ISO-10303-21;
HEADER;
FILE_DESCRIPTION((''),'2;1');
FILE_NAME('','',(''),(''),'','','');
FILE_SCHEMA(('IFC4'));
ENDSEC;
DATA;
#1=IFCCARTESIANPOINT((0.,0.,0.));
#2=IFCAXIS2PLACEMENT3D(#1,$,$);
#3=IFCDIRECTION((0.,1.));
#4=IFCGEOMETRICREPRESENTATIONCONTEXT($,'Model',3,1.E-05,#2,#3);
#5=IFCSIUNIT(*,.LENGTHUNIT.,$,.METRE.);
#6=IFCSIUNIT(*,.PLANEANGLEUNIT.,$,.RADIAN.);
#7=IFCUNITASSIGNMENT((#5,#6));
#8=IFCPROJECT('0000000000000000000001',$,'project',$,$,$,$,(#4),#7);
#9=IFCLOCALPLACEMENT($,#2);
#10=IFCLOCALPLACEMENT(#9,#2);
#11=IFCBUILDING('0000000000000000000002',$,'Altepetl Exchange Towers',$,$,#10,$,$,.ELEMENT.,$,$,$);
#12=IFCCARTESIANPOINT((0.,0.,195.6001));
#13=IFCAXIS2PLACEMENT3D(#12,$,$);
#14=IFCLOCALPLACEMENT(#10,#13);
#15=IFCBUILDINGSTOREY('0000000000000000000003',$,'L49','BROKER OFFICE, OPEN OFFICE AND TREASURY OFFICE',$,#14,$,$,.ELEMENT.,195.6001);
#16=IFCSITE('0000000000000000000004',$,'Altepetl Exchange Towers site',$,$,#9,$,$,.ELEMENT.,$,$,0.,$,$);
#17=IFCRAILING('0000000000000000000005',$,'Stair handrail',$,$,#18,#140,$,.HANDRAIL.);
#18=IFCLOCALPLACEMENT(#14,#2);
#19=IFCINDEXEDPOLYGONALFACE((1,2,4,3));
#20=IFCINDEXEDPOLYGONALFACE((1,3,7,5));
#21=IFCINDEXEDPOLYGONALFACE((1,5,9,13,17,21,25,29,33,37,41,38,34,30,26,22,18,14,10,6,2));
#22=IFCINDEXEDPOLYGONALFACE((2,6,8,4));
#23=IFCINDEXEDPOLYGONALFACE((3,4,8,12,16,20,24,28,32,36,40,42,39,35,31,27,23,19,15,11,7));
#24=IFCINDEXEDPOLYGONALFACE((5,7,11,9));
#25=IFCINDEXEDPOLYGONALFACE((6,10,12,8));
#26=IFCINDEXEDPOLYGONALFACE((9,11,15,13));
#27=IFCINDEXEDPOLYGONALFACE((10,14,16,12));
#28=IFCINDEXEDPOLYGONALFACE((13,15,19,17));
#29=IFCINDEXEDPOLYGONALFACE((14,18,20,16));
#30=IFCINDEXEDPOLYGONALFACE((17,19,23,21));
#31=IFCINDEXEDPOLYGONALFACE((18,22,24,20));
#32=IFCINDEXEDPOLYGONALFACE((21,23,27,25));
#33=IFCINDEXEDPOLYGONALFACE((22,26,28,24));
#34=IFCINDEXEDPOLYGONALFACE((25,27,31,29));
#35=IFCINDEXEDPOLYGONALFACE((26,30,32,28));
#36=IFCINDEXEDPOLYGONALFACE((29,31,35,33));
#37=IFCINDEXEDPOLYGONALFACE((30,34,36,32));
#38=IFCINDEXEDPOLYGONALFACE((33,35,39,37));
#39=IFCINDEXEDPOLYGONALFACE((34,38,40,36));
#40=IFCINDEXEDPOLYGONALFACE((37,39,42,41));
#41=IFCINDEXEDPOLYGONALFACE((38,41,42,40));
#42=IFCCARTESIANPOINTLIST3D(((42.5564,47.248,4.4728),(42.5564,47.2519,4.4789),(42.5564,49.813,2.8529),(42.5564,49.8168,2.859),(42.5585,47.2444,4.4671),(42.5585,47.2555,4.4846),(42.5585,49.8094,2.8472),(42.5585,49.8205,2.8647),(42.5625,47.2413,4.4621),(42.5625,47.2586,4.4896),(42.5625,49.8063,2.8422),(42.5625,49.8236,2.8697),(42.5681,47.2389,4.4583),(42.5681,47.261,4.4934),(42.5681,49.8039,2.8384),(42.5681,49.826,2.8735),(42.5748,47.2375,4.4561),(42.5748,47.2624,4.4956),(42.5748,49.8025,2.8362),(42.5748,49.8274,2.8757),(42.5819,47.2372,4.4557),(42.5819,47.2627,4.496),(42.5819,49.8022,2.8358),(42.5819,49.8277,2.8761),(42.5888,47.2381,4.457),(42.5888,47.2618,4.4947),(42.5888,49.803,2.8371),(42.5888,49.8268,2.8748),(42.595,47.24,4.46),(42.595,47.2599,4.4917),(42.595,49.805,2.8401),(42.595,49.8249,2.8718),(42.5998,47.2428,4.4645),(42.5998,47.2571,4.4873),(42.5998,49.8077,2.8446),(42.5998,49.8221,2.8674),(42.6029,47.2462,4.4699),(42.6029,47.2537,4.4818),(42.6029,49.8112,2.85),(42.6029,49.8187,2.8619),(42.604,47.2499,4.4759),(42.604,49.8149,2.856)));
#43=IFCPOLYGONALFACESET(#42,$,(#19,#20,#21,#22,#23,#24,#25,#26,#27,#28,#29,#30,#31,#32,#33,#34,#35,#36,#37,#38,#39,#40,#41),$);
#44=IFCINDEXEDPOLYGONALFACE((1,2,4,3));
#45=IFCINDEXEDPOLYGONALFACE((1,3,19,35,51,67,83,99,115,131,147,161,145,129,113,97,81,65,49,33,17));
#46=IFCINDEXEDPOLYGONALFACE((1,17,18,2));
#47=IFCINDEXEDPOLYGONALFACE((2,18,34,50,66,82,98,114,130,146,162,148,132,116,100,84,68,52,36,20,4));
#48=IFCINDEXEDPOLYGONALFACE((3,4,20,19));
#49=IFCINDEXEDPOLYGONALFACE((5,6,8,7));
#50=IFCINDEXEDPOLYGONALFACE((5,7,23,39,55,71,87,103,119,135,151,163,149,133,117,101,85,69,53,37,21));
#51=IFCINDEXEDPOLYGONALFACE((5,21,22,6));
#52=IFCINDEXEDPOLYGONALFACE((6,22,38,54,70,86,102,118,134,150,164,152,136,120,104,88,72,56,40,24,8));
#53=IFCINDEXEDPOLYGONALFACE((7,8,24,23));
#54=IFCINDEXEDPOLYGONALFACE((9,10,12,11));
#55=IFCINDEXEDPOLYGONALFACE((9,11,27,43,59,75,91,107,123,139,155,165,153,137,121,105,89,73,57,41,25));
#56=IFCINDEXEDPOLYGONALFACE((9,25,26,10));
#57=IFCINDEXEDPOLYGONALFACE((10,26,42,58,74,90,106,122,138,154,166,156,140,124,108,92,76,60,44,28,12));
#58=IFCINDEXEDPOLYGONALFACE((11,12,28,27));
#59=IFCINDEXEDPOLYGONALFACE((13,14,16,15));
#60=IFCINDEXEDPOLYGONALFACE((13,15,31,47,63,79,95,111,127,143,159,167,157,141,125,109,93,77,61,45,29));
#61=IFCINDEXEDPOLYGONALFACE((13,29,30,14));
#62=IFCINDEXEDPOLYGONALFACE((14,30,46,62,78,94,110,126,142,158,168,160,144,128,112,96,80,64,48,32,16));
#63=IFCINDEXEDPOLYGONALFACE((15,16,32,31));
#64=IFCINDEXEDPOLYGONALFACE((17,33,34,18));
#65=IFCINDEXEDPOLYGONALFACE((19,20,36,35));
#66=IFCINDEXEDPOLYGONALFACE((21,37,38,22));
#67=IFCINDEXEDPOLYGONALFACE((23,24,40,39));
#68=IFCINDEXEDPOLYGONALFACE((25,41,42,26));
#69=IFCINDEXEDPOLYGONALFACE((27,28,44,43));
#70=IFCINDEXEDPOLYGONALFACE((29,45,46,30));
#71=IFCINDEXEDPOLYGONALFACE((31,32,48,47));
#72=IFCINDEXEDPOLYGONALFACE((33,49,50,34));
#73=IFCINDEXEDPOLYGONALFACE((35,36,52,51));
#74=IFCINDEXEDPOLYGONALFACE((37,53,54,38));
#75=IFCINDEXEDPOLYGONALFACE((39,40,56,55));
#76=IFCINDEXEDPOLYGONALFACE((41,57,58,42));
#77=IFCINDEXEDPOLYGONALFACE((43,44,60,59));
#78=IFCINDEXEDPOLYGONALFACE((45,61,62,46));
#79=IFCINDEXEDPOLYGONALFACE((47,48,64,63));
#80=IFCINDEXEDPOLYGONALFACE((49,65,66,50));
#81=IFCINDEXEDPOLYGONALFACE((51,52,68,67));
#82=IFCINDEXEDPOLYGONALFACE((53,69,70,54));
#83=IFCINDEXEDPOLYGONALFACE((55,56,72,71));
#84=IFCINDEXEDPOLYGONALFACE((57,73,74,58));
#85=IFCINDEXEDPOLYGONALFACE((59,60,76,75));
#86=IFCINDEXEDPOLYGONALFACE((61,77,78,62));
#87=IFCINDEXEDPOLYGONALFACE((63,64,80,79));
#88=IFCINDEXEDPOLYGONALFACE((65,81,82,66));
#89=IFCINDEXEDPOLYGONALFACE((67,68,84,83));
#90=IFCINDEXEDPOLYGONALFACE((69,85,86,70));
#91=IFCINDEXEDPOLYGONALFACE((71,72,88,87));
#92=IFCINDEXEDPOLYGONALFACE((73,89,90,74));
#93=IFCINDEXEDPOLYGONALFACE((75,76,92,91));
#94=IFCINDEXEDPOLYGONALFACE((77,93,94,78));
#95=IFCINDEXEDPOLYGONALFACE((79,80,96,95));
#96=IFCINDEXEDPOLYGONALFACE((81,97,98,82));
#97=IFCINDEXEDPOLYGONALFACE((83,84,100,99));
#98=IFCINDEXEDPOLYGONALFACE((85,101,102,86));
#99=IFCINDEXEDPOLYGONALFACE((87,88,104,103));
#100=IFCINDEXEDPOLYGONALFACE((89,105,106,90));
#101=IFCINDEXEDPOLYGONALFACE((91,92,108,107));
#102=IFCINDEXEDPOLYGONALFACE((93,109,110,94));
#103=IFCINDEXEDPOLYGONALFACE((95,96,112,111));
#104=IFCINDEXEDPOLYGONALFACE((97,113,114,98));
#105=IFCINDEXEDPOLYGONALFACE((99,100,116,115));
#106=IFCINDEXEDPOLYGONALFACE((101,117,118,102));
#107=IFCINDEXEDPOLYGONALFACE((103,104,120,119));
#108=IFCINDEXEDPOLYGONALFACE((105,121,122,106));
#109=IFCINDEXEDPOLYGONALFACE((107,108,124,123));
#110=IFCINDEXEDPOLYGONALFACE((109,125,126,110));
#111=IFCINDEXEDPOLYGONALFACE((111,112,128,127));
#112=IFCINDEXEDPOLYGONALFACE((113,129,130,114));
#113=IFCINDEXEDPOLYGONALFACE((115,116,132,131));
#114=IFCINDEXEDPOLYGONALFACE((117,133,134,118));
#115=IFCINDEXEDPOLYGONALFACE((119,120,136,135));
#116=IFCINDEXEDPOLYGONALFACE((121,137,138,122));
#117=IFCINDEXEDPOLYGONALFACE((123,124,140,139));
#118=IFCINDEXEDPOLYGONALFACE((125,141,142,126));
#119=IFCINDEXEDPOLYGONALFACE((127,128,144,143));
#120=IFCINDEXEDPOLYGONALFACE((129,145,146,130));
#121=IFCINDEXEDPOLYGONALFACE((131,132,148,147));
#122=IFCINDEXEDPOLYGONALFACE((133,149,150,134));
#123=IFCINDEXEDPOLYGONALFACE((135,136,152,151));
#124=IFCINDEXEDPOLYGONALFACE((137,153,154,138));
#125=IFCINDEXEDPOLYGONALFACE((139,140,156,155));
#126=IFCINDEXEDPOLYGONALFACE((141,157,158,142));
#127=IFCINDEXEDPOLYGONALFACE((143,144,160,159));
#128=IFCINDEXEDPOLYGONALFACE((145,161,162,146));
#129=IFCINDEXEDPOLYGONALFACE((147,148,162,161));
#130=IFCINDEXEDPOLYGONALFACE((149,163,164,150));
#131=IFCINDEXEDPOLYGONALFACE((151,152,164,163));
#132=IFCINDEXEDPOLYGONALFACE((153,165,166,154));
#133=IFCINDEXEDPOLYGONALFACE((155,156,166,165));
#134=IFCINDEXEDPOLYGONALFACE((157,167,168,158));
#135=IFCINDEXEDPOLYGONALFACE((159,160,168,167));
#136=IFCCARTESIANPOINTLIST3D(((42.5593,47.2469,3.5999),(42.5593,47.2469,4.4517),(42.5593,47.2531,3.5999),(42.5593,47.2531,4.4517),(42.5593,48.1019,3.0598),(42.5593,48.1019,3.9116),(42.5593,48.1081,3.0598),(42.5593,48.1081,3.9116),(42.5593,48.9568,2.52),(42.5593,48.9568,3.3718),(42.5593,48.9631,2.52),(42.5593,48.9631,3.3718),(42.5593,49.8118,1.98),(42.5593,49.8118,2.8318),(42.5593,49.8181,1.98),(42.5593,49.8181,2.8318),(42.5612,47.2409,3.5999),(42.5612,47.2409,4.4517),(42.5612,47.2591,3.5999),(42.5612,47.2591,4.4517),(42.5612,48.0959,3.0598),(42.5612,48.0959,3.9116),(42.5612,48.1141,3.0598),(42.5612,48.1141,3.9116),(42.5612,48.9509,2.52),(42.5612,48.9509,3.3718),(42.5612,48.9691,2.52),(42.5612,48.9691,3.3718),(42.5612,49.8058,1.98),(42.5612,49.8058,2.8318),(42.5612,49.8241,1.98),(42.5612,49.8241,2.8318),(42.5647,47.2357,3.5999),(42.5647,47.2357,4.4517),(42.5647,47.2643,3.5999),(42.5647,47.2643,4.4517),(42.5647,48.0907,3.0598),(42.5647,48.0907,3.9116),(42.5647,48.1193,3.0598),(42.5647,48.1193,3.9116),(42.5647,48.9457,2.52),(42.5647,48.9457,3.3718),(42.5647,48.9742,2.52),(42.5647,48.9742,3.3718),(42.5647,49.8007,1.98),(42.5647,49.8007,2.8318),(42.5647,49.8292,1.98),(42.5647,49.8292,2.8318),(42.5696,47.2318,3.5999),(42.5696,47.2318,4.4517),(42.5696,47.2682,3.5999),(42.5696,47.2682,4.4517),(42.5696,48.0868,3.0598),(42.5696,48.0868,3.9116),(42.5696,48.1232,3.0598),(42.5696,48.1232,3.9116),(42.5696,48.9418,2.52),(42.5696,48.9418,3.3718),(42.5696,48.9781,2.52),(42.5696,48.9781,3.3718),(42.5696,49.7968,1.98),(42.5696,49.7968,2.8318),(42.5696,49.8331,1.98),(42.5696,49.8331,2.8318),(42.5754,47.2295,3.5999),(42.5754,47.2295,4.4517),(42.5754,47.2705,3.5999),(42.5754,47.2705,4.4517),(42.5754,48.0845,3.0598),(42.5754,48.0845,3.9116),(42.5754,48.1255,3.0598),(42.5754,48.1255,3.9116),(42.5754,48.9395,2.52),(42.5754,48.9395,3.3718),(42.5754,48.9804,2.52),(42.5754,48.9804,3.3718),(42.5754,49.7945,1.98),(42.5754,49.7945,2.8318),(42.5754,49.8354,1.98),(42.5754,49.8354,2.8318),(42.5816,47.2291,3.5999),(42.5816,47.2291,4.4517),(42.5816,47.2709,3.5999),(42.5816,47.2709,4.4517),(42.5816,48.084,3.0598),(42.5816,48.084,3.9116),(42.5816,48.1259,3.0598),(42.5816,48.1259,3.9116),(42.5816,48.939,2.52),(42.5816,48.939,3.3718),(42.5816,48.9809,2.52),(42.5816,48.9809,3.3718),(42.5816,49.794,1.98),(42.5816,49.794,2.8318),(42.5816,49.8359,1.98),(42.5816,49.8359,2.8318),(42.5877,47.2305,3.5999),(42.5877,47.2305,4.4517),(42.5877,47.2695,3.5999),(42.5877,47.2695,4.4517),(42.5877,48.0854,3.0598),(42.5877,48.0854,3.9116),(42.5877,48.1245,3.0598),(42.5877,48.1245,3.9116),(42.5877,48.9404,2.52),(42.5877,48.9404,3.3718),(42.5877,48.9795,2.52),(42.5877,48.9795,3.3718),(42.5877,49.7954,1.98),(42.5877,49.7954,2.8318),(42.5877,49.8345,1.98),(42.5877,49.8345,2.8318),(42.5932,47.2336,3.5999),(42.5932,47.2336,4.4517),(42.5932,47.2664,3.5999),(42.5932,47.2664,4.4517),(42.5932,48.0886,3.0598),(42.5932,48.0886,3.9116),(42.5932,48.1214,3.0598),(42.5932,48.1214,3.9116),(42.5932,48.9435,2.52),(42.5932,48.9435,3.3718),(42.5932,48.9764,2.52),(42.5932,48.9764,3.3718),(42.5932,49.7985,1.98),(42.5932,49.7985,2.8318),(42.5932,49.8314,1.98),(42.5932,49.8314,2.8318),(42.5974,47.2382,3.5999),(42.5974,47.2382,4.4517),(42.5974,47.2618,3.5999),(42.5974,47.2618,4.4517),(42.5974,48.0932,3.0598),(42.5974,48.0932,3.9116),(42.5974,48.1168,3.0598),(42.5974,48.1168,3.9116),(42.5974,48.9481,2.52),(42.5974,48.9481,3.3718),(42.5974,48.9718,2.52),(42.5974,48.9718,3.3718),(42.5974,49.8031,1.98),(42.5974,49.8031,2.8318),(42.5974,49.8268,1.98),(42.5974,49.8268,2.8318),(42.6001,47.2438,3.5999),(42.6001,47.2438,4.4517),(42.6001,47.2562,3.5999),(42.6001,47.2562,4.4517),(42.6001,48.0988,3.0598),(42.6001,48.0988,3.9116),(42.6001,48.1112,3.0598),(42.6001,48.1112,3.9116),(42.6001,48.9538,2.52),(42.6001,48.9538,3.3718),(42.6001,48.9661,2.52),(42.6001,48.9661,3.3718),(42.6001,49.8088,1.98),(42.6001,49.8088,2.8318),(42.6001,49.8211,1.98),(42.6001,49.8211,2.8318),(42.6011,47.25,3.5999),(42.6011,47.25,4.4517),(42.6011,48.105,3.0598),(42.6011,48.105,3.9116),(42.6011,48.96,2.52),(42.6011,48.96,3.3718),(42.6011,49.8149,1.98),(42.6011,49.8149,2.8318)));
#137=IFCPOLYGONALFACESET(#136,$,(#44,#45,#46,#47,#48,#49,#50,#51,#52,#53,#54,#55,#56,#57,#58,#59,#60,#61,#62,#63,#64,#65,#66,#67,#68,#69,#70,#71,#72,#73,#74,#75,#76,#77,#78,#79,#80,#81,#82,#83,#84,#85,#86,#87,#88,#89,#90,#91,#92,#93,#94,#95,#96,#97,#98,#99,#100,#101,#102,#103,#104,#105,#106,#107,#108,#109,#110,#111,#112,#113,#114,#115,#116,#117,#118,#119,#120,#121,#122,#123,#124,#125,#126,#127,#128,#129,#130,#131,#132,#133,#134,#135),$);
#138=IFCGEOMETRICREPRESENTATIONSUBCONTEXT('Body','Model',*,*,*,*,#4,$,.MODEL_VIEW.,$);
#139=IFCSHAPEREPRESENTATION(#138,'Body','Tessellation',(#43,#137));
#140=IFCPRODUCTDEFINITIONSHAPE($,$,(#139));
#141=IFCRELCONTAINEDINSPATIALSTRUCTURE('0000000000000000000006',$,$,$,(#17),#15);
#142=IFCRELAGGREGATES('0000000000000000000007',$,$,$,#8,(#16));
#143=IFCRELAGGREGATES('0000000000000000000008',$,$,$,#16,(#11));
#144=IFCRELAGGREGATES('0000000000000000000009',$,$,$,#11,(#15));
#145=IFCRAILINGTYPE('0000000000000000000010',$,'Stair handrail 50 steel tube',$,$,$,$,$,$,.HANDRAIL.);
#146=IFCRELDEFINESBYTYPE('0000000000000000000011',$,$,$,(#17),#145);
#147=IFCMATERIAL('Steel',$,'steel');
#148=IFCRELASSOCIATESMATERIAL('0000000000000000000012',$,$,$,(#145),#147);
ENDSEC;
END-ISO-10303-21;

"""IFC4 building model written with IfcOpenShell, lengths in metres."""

from ifc_helpers import new_model, si_unit, direction, frame, origin, origin_2d, place, context, subcontext, project, spatial, circle, extrude, source, transform, mapped, material, type_object, element, save


model = new_model("IFC4")

# Units and contexts
model_context = context("Model", 3, precision=1e-05, world=origin(), true_north=direction((0.0, 1.0)))
body_context = subcontext(model_context, "Body", "Model", "MODEL_VIEW")
ifc_project = project(units=[si_unit("LENGTHUNIT", "METRE"), si_unit("PLANEANGLEUNIT", "RADIAN")], contexts=[model_context])

# Site, building, storey
site_placement = place(None, origin())
site = spatial("IfcSite", under=ifc_project, at=site_placement, Name="Altepetl Exchange Towers site", CompositionType="ELEMENT", RefElevation=0.0)
building_placement = place(site_placement, origin())
building = spatial("IfcBuilding", under=site, at=building_placement, Name="Altepetl Exchange Towers", CompositionType="ELEMENT")
storey_placement = place(building_placement, frame((0.0, 0.0, 195.6001)))
storey = spatial("IfcBuildingStorey", under=building, at=storey_placement, Name="L49", Description="BROKER OFFICE, OPEN OFFICE AND TREASURY OFFICE", CompositionType="ELEMENT", Elevation=195.6001)

# Railing
ifc_material_1 = material(Name="Steel", Category="steel")
railing_type = type_object("IfcRailingType", Name="Stair handrail 50 steel tube", PredefinedType="HANDRAIL", material=ifc_material_1)
shared_shape = source(origin(), body_context, "Body", "SweptSolid", [
    extrude(circle(Radius=0.021, at=origin_2d()), origin(), (0.0, 0.0, 1.0), 0.8518),
])
railing_1_placement = place(storey_placement, frame((42.5801, 49.8149, 1.98)))
element("IfcRailing", 1, at=railing_1_placement, inside=storey, type_object=railing_type, Name="Stair handrail", PredefinedType="HANDRAIL", context=body_context, shape_type="SweptSolid", body=[
    extrude(circle(Radius=0.0239, at=origin_2d()), frame((0.0, 0.0, 0.876), z_axis=(0.0, -0.845502, 0.533972), x_axis=(1.0, 0.0, 0.0)), (0.0, 0.0, 1.0), 3.0337),
    mapped(shared_shape, transform((0.0, 0.0, 0.0))),
    mapped(shared_shape, transform((0.0, -0.855, 0.54))),
    mapped(shared_shape, transform((0.0, -1.71, 1.0798))),
    mapped(shared_shape, transform((0.0, -2.5649, 1.6199))),
])

save(model, "model.ifc")
